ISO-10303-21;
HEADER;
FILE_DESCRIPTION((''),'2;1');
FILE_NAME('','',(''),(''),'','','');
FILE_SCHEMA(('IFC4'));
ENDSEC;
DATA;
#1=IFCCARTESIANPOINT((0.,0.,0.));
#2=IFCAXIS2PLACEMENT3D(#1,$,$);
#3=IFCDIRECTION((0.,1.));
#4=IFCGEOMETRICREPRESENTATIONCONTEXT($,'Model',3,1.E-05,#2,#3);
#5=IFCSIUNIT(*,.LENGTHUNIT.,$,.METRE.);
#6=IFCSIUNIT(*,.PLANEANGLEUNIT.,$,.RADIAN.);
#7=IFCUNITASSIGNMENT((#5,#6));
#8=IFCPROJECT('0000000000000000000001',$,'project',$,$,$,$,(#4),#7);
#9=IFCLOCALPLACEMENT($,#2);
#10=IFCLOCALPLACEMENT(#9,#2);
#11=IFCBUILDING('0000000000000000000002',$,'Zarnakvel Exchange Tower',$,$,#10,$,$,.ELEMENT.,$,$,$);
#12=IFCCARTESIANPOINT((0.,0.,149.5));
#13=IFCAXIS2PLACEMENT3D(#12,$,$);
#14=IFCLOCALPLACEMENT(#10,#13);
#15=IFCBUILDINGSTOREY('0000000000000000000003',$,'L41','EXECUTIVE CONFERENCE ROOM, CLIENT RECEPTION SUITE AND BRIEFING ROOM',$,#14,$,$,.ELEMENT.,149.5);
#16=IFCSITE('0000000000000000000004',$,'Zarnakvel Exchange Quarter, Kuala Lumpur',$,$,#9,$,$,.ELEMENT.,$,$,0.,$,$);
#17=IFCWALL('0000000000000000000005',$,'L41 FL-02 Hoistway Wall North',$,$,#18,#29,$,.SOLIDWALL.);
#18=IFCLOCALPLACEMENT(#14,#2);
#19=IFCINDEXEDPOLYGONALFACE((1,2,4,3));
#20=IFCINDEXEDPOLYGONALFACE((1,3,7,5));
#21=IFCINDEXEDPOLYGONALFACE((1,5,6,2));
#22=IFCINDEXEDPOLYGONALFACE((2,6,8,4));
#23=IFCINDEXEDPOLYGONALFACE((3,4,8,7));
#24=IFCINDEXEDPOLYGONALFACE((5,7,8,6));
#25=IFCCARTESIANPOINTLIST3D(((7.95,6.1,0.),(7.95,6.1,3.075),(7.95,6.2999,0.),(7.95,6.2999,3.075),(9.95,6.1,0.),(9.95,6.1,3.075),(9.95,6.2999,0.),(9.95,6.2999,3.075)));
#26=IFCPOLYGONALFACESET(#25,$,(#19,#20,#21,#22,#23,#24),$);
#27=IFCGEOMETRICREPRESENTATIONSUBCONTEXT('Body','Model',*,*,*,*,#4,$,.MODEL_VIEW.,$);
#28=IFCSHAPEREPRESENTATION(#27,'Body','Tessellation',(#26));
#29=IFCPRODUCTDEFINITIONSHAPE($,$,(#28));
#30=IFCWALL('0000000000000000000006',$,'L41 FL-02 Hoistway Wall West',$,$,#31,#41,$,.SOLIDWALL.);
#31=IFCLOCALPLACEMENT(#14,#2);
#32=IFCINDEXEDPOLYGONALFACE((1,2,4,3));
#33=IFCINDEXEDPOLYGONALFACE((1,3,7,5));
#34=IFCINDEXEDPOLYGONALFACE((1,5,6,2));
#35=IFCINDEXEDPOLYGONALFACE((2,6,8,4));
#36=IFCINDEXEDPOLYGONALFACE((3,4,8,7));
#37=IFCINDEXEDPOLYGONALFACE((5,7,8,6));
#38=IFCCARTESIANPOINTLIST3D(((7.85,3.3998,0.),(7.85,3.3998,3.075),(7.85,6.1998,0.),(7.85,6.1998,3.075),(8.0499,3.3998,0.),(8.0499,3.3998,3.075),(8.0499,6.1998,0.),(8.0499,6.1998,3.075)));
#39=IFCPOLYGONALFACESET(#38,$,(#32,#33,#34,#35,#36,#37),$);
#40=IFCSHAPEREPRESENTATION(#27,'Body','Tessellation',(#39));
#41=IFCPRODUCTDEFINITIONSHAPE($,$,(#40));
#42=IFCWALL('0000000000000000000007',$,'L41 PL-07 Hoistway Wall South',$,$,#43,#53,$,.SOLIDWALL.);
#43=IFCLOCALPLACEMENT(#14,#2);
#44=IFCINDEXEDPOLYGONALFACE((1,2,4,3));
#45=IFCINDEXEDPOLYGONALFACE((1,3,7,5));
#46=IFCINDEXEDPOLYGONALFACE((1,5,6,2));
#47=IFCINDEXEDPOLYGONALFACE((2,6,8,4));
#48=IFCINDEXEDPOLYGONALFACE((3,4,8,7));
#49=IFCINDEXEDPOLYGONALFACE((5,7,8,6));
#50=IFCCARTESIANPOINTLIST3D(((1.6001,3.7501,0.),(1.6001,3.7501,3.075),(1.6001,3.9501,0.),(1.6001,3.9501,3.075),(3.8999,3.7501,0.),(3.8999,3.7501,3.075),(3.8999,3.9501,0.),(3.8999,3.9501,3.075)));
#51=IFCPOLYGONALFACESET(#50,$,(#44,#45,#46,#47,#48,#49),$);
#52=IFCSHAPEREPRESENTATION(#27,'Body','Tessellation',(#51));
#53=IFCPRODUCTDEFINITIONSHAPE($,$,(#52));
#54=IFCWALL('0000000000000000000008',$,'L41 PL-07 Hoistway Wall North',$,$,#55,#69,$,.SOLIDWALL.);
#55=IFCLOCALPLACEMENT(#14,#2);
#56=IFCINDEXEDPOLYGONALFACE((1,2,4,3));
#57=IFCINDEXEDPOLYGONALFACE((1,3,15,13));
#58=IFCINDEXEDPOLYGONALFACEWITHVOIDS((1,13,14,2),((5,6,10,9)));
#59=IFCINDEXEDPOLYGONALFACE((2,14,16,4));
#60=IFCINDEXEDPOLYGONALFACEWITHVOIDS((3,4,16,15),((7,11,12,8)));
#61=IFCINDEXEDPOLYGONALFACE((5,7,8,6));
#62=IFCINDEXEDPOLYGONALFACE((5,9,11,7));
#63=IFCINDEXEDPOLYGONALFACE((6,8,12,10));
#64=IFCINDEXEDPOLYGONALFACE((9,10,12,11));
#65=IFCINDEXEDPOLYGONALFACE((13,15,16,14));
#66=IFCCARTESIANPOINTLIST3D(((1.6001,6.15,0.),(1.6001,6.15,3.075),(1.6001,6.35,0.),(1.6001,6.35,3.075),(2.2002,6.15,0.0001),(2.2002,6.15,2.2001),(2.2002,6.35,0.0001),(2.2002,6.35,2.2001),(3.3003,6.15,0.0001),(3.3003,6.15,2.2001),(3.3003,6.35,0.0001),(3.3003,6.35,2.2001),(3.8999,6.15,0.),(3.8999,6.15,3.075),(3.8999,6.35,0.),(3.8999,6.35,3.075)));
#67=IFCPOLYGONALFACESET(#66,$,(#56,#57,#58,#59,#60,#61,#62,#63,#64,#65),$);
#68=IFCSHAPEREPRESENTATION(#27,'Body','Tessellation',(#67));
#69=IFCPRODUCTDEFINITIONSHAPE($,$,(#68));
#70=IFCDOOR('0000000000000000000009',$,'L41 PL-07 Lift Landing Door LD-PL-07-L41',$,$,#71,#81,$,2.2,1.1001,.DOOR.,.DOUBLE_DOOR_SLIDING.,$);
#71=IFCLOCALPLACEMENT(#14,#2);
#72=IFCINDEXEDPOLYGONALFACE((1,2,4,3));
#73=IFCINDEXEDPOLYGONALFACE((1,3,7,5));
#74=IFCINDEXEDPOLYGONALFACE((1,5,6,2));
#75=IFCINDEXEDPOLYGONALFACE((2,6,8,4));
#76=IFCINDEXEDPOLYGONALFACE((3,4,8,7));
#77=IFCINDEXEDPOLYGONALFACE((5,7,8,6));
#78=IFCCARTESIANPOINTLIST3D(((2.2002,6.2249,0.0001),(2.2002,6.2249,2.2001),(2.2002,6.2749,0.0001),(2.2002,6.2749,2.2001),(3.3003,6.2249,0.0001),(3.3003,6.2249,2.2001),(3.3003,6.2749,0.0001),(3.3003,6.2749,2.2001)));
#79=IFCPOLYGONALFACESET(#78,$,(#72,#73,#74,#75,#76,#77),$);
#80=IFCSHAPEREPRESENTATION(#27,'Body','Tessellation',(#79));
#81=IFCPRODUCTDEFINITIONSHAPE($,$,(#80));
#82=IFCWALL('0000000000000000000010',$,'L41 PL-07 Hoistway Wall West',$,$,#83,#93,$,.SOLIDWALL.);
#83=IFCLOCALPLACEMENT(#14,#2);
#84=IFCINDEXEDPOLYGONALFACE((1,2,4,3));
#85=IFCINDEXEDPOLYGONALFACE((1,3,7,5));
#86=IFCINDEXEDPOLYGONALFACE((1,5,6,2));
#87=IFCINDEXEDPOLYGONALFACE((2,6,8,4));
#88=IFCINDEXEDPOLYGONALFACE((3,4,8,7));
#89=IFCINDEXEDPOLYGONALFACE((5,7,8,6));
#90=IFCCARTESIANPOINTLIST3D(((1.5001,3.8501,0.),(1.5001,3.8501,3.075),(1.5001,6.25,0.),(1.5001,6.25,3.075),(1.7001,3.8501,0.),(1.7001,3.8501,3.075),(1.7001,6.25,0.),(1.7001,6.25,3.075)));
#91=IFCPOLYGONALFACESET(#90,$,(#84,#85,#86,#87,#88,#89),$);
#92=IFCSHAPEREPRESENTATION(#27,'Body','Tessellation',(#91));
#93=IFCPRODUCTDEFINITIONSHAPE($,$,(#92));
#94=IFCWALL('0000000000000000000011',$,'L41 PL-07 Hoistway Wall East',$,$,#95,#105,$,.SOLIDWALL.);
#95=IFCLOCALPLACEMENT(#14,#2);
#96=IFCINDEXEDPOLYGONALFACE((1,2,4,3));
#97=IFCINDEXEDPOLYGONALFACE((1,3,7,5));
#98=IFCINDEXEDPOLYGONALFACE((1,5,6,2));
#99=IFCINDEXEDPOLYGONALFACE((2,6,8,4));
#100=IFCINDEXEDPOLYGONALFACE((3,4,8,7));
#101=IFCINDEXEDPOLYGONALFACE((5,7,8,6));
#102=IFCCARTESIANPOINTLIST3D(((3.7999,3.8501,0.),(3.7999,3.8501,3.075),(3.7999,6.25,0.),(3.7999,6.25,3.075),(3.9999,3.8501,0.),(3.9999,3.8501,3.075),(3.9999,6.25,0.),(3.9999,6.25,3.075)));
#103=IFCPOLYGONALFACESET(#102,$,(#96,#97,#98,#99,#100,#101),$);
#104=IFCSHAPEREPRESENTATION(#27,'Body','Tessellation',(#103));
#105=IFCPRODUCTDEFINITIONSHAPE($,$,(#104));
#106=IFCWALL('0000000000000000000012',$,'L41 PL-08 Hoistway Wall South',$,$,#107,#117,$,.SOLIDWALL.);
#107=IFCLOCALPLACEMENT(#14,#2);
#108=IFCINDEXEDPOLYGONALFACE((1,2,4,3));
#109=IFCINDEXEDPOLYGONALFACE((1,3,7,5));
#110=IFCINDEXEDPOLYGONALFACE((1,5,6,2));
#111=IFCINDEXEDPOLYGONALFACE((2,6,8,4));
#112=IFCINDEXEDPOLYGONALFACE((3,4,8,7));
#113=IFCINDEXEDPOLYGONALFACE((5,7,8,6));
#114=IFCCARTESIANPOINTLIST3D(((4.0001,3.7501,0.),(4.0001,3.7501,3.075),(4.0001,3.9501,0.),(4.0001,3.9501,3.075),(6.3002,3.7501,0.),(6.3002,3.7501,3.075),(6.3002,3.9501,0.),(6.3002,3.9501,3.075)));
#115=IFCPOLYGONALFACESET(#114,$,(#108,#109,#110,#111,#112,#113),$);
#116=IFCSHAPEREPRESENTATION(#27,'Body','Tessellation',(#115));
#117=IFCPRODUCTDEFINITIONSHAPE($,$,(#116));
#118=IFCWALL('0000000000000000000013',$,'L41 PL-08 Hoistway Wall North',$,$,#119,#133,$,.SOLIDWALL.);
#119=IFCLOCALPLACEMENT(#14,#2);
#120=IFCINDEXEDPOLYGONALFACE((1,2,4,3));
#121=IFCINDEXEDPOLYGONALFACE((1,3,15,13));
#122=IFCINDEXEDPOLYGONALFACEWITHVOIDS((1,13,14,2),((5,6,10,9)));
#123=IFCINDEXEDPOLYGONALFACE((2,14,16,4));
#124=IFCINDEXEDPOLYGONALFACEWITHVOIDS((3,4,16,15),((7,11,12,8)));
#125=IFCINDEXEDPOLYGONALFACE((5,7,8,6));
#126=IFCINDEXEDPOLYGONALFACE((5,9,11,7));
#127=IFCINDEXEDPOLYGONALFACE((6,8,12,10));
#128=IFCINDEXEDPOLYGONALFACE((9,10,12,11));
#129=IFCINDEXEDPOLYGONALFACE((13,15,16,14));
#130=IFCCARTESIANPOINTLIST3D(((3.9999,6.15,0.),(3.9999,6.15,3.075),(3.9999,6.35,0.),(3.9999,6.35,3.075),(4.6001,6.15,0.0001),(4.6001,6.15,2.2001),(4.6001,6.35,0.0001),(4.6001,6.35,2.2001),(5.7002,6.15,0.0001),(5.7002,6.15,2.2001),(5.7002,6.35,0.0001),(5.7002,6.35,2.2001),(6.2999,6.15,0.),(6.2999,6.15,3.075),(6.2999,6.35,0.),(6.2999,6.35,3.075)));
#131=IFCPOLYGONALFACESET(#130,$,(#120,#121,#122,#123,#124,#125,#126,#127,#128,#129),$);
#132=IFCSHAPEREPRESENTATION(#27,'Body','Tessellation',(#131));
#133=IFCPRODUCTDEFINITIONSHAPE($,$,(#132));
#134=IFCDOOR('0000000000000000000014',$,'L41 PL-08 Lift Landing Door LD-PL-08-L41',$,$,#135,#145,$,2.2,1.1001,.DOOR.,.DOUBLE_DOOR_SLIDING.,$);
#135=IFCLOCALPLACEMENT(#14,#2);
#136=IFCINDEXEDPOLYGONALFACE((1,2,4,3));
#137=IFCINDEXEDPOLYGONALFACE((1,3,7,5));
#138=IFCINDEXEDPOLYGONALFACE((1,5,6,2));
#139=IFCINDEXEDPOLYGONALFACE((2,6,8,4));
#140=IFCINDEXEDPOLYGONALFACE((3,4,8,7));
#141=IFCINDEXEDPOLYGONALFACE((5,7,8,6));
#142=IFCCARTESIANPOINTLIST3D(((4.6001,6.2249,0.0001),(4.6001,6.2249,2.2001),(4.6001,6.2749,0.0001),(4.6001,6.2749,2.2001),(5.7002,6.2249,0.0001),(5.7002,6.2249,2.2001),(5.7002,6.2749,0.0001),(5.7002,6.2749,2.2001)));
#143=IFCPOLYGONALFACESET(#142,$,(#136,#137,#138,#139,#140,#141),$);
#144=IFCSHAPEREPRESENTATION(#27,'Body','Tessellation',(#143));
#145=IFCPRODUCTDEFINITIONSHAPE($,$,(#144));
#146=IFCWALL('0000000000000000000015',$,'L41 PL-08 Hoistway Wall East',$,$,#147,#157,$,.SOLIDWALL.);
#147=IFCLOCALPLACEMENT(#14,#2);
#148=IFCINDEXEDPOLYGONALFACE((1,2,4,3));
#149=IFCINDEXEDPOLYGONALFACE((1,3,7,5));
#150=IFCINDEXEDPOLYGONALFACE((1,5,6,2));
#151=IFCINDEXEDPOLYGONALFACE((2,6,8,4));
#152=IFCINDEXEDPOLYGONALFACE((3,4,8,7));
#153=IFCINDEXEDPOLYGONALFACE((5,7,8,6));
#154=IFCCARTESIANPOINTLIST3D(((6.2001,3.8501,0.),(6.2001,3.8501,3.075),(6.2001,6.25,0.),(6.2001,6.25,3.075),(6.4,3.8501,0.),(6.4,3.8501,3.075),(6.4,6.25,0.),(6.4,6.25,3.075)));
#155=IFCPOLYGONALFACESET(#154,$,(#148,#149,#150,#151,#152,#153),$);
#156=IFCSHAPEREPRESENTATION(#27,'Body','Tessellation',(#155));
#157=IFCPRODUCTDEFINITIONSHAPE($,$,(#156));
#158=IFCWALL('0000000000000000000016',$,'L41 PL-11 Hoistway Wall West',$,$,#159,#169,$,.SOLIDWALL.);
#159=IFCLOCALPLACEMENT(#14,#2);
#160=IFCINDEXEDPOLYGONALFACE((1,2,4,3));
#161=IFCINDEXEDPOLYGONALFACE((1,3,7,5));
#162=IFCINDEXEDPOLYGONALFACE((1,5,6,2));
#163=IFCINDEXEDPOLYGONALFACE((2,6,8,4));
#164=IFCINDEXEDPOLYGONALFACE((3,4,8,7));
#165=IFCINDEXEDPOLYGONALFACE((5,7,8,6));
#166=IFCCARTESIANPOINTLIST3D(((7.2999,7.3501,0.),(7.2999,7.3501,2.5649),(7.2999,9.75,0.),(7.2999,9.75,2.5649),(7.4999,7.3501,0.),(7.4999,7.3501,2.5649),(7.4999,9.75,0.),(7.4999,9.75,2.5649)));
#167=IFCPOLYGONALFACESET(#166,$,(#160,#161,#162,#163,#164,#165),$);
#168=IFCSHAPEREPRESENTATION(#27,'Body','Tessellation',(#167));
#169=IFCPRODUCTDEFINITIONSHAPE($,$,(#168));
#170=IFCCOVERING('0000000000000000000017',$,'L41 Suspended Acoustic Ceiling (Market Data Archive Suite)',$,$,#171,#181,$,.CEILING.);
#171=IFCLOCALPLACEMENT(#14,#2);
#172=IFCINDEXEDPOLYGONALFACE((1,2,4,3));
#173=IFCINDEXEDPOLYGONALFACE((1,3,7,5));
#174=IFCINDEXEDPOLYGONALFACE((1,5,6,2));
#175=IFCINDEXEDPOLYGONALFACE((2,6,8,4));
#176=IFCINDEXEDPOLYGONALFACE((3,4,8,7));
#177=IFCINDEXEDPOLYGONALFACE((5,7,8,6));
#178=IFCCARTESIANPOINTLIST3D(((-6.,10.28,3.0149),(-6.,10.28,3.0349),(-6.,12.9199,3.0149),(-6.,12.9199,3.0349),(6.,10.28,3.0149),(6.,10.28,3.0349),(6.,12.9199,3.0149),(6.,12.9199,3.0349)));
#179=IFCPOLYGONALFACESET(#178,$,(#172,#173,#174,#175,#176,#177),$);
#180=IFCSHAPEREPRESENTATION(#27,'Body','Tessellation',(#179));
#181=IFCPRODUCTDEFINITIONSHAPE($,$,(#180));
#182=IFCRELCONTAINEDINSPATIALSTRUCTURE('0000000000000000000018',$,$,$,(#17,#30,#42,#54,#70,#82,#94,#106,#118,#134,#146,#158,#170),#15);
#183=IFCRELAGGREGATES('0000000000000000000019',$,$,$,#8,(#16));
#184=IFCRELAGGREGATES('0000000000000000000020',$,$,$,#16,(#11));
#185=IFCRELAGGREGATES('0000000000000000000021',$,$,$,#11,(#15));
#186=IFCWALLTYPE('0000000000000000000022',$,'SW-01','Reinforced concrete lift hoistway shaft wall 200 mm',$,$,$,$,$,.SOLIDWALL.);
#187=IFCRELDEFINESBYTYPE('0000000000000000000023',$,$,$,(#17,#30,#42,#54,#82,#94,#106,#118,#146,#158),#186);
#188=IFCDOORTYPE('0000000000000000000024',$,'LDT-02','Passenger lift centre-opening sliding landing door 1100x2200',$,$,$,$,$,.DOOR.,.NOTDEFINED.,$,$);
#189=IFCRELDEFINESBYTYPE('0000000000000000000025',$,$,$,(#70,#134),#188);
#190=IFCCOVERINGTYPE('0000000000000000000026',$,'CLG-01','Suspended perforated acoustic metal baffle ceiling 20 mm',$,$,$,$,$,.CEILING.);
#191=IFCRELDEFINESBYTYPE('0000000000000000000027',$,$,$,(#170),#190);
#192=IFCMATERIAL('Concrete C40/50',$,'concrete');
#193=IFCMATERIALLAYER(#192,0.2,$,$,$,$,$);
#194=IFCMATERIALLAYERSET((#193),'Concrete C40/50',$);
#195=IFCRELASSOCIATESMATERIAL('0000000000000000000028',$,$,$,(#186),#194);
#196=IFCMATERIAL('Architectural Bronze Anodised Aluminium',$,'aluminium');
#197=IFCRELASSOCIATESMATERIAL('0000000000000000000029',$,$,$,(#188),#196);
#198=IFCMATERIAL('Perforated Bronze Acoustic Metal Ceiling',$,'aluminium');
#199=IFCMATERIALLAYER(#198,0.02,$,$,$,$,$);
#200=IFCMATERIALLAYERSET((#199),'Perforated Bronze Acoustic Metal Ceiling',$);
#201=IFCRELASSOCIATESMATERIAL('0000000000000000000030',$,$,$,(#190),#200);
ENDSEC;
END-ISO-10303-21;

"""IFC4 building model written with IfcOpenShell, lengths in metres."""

from ifc_helpers import new_model, si_unit, direction, frame, frame_2d, origin, place, context, subcontext, project, spatial, polyline, rectangle, outline, extrude, source, transform, mapped, material, layer, layer_set, type_object, element, fill, save


model = new_model("IFC4")

# Units and contexts
model_context = context("Model", 3, precision=1e-05, world=origin(), true_north=direction((0.0, 1.0)))
body_context = subcontext(model_context, "Body", "Model", "MODEL_VIEW")
ifc_project = project(units=[si_unit("LENGTHUNIT", "METRE"), si_unit("PLANEANGLEUNIT", "RADIAN")], contexts=[model_context])

# Site, building, storey
site_placement = place(None, origin())
site = spatial("IfcSite", under=ifc_project, at=site_placement, Name="Zarnakvel Exchange Quarter, Kuala Lumpur", CompositionType="ELEMENT", RefElevation=0.0)
building_placement = place(site_placement, origin())
building = spatial("IfcBuilding", under=site, at=building_placement, Name="Zarnakvel Exchange Tower", CompositionType="ELEMENT")
storey_placement = place(building_placement, frame((0.0, 0.0, 149.5)))
storey = spatial("IfcBuildingStorey", under=building, at=storey_placement, Name="L41", Description="EXECUTIVE CONFERENCE ROOM, CLIENT RECEPTION SUITE AND BRIEFING ROOM", CompositionType="ELEMENT", Elevation=149.5)

# Shared definitions
ifc_material_1 = material(Name="Concrete C40/50", Category="concrete")
ifc_layer_1 = layer(ifc_material_1, 0.2)
ifc_layer_set_1 = layer_set([ifc_layer_1], Name="Concrete C40/50")
wall_type_1 = type_object("IfcWallType", Name="SW-01", Description="Reinforced concrete lift hoistway shaft wall 200 mm", PredefinedType="SOLIDWALL", material=ifc_layer_set_1)
shared_shape_1 = source(origin(), body_context, "Body", "SweptSolid", [
    extrude(rectangle(XDim=1.1001, YDim=2.2, at=frame_2d((0.55, 1.1001))), frame((0.0, 0.0249, 0.0), z_axis=(0.0, -1.0, 0.0), x_axis=(1.0, 0.0, 0.0)), (0.0, 0.0, 1.0), 0.05),
])

# Walls
wall_1_placement = place(storey_placement, frame((7.95, 6.2, 0.0), z_axis=(0.0, 0.0, 1.0), x_axis=(1.0, 0.0, 0.0)))
element("IfcWall", 1, at=wall_1_placement, inside=storey, type_object=wall_type_1, Name="L41 FL-02 Hoistway Wall North", PredefinedType="SOLIDWALL", context=body_context, shape_type="SweptSolid", body=[
    extrude(rectangle(XDim=2.0, YDim=0.2, at=frame_2d((1.0, 0.0))), origin(), (0.0, 0.0, 1.0), 3.075),
])
wall_2_placement = place(storey_placement, frame((7.95, 3.3999, 0.0), z_axis=(0.0, 0.0, 1.0), x_axis=(0.0, 1.0, 0.0)))
element("IfcWall", 2, at=wall_2_placement, inside=storey, type_object=wall_type_1, Name="L41 FL-02 Hoistway Wall West", PredefinedType="SOLIDWALL", context=body_context, shape_type="SweptSolid", body=[
    extrude(rectangle(XDim=2.8, YDim=0.2, at=frame_2d((1.3999, 0.0))), origin(), (0.0, 0.0, 1.0), 3.075),
])
wall_3_placement = place(storey_placement, frame((3.8999, 3.8501, 0.0), z_axis=(0.0, 0.0, 1.0), x_axis=(-1.0, 0.0, 0.0)))
element("IfcWall", 3, at=wall_3_placement, inside=storey, type_object=wall_type_1, Name="L41 PL-07 Hoistway Wall South", PredefinedType="SOLIDWALL", context=body_context, shape_type="SweptSolid", body=[
    extrude(rectangle(XDim=2.2998, YDim=0.2, at=frame_2d((1.1499, 0.0))), origin(), (0.0, 0.0, 1.0), 3.075),
])

# Wall, opening, door
wall_4_placement = place(storey_placement, frame((1.6001, 6.25, 0.0), z_axis=(0.0, 0.0, 1.0), x_axis=(1.0, 0.0, 0.0)))
wall_4 = element("IfcWall", 4, at=wall_4_placement, inside=storey, type_object=wall_type_1, Name="L41 PL-07 Hoistway Wall North", PredefinedType="SOLIDWALL", context=body_context, shape_type="SweptSolid", body=[
    extrude(rectangle(XDim=2.2998, YDim=0.2, at=frame_2d((1.1499, 0.0))), origin(), (0.0, 0.0, 1.0), 3.075),
])
opening_1_placement = place(wall_4_placement, frame((0.6001, 0.0, 0.0)))
opening_1 = element("IfcOpeningElement", 5, at=opening_1_placement, cuts=wall_4, PredefinedType="OPENING", context=body_context, shape_type="SweptSolid", body=[
    extrude(rectangle(XDim=1.1001, YDim=2.2, at=frame_2d((0.55, 1.1001))), frame((0.0, 0.1099, 0.0), z_axis=(0.0, -1.0, 0.0), x_axis=(1.0, 0.0, 0.0)), (0.0, 0.0, 1.0), 0.22),
])
ifc_material_2 = material(Name="Architectural Bronze Anodised Aluminium", Category="aluminium")
door_type_1 = type_object("IfcDoorType", Name="LDT-02", Description="Passenger lift centre-opening sliding landing door 1100x2200", OperationType="NOTDEFINED", PredefinedType="DOOR", material=ifc_material_2)
door_1_placement = place(opening_1_placement, origin())
door_1 = element("IfcDoor", 6, at=door_1_placement, inside=storey, type_object=door_type_1, Name="L41 PL-07 Lift Landing Door LD-PL-07-L41", OperationType="DOUBLE_DOOR_SLIDING", OverallHeight=2.2, OverallWidth=1.1001, PredefinedType="DOOR", context=body_context, shape_type="MappedRepresentation", body=[
    mapped(shared_shape_1, transform((0.0, 0.0, 0.0), x_axis=(1.0, 0.0, 0.0), y_axis=(0.0, 1.0, 0.0), z_axis=(0.0, 0.0, 1.0), scale=1.0)),
])
fill(opening_1, door_1)

# Walls
for number, where, z_axis, x_axis, name in (
    (7, (1.6001, 3.8501, 0.0), (0.0, 0.0, 1.0), (0.0, 1.0, 0.0), "L41 PL-07 Hoistway Wall West"),
    (8, (3.8999, 6.25, 0.0), (0.0, 0.0, 1.0), (0.0, -1.0, 0.0), "L41 PL-07 Hoistway Wall East"),
):
    element("IfcWall", number, at=place(storey_placement, frame(where, z_axis=z_axis, x_axis=x_axis)), inside=storey, type_object=wall_type_1, Name=name, PredefinedType="SOLIDWALL", context=body_context, shape_type="SweptSolid", body=[
        extrude(rectangle(XDim=2.3999, YDim=0.2, at=frame_2d((1.2, 0.0))), origin(), (0.0, 0.0, 1.0), 3.075),
    ])
wall_5_placement = place(storey_placement, frame((6.3, 3.8501, 0.0), z_axis=(0.0, 0.0, 1.0), x_axis=(-1.0, 0.0, 0.0)))
element("IfcWall", 9, at=wall_5_placement, inside=storey, type_object=wall_type_1, Name="L41 PL-08 Hoistway Wall South", PredefinedType="SOLIDWALL", context=body_context, shape_type="SweptSolid", body=[
    extrude(rectangle(XDim=2.3, YDim=0.2, at=frame_2d((1.1499, 0.0))), origin(), (0.0, 0.0, 1.0), 3.075),
])

# Wall, opening, door
wall_6_placement = place(storey_placement, frame((4.0, 6.25, 0.0), z_axis=(0.0, 0.0, 1.0), x_axis=(1.0, 0.0, 0.0)))
wall_6 = element("IfcWall", 10, at=wall_6_placement, inside=storey, type_object=wall_type_1, Name="L41 PL-08 Hoistway Wall North", PredefinedType="SOLIDWALL", context=body_context, shape_type="SweptSolid", body=[
    extrude(rectangle(XDim=2.3, YDim=0.2, at=frame_2d((1.1499, 0.0))), origin(), (0.0, 0.0, 1.0), 3.075),
])
opening_2_placement = place(wall_6_placement, frame((0.6001, 0.0, 0.0)))
opening_2 = element("IfcOpeningElement", 11, at=opening_2_placement, cuts=wall_6, PredefinedType="OPENING", context=body_context, shape_type="SweptSolid", body=[
    extrude(rectangle(XDim=1.1001, YDim=2.2, at=frame_2d((0.55, 1.1001))), frame((0.0, 0.1099, 0.0), z_axis=(0.0, -1.0, 0.0), x_axis=(1.0, 0.0, 0.0)), (0.0, 0.0, 1.0), 0.22),
])
door_2_placement = place(opening_2_placement, origin())
door_2 = element("IfcDoor", 12, at=door_2_placement, inside=storey, type_object=door_type_1, Name="L41 PL-08 Lift Landing Door LD-PL-08-L41", OperationType="DOUBLE_DOOR_SLIDING", OverallHeight=2.2, OverallWidth=1.1001, PredefinedType="DOOR", context=body_context, shape_type="MappedRepresentation", body=[
    mapped(shared_shape_1, transform((0.0, 0.0, 0.0), x_axis=(1.0, 0.0, 0.0), y_axis=(0.0, 1.0, 0.0), z_axis=(0.0, 0.0, 1.0), scale=1.0)),
])
fill(opening_2, door_2)

# Walls
wall_7_placement = place(storey_placement, frame((6.3, 6.25, 0.0), z_axis=(0.0, 0.0, 1.0), x_axis=(0.0, -1.0, 0.0)))
element("IfcWall", 13, at=wall_7_placement, inside=storey, type_object=wall_type_1, Name="L41 PL-08 Hoistway Wall East", PredefinedType="SOLIDWALL", context=body_context, shape_type="SweptSolid", body=[
    extrude(rectangle(XDim=2.3999, YDim=0.2, at=frame_2d((1.2, 0.0))), origin(), (0.0, 0.0, 1.0), 3.075),
])
wall_8_placement = place(storey_placement, frame((7.3999, 7.3501, 0.0), z_axis=(0.0, 0.0, 1.0), x_axis=(0.0, 1.0, 0.0)))
element("IfcWall", 14, at=wall_8_placement, inside=storey, type_object=wall_type_1, Name="L41 PL-11 Hoistway Wall West", PredefinedType="SOLIDWALL", context=body_context, shape_type="SweptSolid", body=[
    extrude(rectangle(XDim=2.3999, YDim=0.2, at=frame_2d((1.2, 0.0))), origin(), (0.0, 0.0, 1.0), 2.5649),
])

# Covering
ifc_material_3 = material(Name="Perforated Bronze Acoustic Metal Ceiling", Category="aluminium")
ifc_layer_2 = layer(ifc_material_3, 0.02)
ifc_layer_set_2 = layer_set([ifc_layer_2], Name="Perforated Bronze Acoustic Metal Ceiling")
covering_type = type_object("IfcCoveringType", Name="CLG-01", Description="Suspended perforated acoustic metal baffle ceiling 20 mm", PredefinedType="CEILING", material=ifc_layer_set_2)
covering_placement = place(storey_placement, frame((0.0, 0.0, 3.0149)))
element("IfcCovering", 15, at=covering_placement, inside=storey, type_object=covering_type, Name="L41 Suspended Acoustic Ceiling (Market Data Archive Suite)", PredefinedType="CEILING", context=body_context, shape_type="SweptSolid", body=[
    extrude(outline(polyline([(-6.0, 12.9199), (6.0, 12.9199), (6.0, 10.28), (-6.0, 10.28), (-6.0, 12.9199)])), origin(), (0.0, 0.0, 1.0), 0.02),
])

save(model, "model.ifc")
